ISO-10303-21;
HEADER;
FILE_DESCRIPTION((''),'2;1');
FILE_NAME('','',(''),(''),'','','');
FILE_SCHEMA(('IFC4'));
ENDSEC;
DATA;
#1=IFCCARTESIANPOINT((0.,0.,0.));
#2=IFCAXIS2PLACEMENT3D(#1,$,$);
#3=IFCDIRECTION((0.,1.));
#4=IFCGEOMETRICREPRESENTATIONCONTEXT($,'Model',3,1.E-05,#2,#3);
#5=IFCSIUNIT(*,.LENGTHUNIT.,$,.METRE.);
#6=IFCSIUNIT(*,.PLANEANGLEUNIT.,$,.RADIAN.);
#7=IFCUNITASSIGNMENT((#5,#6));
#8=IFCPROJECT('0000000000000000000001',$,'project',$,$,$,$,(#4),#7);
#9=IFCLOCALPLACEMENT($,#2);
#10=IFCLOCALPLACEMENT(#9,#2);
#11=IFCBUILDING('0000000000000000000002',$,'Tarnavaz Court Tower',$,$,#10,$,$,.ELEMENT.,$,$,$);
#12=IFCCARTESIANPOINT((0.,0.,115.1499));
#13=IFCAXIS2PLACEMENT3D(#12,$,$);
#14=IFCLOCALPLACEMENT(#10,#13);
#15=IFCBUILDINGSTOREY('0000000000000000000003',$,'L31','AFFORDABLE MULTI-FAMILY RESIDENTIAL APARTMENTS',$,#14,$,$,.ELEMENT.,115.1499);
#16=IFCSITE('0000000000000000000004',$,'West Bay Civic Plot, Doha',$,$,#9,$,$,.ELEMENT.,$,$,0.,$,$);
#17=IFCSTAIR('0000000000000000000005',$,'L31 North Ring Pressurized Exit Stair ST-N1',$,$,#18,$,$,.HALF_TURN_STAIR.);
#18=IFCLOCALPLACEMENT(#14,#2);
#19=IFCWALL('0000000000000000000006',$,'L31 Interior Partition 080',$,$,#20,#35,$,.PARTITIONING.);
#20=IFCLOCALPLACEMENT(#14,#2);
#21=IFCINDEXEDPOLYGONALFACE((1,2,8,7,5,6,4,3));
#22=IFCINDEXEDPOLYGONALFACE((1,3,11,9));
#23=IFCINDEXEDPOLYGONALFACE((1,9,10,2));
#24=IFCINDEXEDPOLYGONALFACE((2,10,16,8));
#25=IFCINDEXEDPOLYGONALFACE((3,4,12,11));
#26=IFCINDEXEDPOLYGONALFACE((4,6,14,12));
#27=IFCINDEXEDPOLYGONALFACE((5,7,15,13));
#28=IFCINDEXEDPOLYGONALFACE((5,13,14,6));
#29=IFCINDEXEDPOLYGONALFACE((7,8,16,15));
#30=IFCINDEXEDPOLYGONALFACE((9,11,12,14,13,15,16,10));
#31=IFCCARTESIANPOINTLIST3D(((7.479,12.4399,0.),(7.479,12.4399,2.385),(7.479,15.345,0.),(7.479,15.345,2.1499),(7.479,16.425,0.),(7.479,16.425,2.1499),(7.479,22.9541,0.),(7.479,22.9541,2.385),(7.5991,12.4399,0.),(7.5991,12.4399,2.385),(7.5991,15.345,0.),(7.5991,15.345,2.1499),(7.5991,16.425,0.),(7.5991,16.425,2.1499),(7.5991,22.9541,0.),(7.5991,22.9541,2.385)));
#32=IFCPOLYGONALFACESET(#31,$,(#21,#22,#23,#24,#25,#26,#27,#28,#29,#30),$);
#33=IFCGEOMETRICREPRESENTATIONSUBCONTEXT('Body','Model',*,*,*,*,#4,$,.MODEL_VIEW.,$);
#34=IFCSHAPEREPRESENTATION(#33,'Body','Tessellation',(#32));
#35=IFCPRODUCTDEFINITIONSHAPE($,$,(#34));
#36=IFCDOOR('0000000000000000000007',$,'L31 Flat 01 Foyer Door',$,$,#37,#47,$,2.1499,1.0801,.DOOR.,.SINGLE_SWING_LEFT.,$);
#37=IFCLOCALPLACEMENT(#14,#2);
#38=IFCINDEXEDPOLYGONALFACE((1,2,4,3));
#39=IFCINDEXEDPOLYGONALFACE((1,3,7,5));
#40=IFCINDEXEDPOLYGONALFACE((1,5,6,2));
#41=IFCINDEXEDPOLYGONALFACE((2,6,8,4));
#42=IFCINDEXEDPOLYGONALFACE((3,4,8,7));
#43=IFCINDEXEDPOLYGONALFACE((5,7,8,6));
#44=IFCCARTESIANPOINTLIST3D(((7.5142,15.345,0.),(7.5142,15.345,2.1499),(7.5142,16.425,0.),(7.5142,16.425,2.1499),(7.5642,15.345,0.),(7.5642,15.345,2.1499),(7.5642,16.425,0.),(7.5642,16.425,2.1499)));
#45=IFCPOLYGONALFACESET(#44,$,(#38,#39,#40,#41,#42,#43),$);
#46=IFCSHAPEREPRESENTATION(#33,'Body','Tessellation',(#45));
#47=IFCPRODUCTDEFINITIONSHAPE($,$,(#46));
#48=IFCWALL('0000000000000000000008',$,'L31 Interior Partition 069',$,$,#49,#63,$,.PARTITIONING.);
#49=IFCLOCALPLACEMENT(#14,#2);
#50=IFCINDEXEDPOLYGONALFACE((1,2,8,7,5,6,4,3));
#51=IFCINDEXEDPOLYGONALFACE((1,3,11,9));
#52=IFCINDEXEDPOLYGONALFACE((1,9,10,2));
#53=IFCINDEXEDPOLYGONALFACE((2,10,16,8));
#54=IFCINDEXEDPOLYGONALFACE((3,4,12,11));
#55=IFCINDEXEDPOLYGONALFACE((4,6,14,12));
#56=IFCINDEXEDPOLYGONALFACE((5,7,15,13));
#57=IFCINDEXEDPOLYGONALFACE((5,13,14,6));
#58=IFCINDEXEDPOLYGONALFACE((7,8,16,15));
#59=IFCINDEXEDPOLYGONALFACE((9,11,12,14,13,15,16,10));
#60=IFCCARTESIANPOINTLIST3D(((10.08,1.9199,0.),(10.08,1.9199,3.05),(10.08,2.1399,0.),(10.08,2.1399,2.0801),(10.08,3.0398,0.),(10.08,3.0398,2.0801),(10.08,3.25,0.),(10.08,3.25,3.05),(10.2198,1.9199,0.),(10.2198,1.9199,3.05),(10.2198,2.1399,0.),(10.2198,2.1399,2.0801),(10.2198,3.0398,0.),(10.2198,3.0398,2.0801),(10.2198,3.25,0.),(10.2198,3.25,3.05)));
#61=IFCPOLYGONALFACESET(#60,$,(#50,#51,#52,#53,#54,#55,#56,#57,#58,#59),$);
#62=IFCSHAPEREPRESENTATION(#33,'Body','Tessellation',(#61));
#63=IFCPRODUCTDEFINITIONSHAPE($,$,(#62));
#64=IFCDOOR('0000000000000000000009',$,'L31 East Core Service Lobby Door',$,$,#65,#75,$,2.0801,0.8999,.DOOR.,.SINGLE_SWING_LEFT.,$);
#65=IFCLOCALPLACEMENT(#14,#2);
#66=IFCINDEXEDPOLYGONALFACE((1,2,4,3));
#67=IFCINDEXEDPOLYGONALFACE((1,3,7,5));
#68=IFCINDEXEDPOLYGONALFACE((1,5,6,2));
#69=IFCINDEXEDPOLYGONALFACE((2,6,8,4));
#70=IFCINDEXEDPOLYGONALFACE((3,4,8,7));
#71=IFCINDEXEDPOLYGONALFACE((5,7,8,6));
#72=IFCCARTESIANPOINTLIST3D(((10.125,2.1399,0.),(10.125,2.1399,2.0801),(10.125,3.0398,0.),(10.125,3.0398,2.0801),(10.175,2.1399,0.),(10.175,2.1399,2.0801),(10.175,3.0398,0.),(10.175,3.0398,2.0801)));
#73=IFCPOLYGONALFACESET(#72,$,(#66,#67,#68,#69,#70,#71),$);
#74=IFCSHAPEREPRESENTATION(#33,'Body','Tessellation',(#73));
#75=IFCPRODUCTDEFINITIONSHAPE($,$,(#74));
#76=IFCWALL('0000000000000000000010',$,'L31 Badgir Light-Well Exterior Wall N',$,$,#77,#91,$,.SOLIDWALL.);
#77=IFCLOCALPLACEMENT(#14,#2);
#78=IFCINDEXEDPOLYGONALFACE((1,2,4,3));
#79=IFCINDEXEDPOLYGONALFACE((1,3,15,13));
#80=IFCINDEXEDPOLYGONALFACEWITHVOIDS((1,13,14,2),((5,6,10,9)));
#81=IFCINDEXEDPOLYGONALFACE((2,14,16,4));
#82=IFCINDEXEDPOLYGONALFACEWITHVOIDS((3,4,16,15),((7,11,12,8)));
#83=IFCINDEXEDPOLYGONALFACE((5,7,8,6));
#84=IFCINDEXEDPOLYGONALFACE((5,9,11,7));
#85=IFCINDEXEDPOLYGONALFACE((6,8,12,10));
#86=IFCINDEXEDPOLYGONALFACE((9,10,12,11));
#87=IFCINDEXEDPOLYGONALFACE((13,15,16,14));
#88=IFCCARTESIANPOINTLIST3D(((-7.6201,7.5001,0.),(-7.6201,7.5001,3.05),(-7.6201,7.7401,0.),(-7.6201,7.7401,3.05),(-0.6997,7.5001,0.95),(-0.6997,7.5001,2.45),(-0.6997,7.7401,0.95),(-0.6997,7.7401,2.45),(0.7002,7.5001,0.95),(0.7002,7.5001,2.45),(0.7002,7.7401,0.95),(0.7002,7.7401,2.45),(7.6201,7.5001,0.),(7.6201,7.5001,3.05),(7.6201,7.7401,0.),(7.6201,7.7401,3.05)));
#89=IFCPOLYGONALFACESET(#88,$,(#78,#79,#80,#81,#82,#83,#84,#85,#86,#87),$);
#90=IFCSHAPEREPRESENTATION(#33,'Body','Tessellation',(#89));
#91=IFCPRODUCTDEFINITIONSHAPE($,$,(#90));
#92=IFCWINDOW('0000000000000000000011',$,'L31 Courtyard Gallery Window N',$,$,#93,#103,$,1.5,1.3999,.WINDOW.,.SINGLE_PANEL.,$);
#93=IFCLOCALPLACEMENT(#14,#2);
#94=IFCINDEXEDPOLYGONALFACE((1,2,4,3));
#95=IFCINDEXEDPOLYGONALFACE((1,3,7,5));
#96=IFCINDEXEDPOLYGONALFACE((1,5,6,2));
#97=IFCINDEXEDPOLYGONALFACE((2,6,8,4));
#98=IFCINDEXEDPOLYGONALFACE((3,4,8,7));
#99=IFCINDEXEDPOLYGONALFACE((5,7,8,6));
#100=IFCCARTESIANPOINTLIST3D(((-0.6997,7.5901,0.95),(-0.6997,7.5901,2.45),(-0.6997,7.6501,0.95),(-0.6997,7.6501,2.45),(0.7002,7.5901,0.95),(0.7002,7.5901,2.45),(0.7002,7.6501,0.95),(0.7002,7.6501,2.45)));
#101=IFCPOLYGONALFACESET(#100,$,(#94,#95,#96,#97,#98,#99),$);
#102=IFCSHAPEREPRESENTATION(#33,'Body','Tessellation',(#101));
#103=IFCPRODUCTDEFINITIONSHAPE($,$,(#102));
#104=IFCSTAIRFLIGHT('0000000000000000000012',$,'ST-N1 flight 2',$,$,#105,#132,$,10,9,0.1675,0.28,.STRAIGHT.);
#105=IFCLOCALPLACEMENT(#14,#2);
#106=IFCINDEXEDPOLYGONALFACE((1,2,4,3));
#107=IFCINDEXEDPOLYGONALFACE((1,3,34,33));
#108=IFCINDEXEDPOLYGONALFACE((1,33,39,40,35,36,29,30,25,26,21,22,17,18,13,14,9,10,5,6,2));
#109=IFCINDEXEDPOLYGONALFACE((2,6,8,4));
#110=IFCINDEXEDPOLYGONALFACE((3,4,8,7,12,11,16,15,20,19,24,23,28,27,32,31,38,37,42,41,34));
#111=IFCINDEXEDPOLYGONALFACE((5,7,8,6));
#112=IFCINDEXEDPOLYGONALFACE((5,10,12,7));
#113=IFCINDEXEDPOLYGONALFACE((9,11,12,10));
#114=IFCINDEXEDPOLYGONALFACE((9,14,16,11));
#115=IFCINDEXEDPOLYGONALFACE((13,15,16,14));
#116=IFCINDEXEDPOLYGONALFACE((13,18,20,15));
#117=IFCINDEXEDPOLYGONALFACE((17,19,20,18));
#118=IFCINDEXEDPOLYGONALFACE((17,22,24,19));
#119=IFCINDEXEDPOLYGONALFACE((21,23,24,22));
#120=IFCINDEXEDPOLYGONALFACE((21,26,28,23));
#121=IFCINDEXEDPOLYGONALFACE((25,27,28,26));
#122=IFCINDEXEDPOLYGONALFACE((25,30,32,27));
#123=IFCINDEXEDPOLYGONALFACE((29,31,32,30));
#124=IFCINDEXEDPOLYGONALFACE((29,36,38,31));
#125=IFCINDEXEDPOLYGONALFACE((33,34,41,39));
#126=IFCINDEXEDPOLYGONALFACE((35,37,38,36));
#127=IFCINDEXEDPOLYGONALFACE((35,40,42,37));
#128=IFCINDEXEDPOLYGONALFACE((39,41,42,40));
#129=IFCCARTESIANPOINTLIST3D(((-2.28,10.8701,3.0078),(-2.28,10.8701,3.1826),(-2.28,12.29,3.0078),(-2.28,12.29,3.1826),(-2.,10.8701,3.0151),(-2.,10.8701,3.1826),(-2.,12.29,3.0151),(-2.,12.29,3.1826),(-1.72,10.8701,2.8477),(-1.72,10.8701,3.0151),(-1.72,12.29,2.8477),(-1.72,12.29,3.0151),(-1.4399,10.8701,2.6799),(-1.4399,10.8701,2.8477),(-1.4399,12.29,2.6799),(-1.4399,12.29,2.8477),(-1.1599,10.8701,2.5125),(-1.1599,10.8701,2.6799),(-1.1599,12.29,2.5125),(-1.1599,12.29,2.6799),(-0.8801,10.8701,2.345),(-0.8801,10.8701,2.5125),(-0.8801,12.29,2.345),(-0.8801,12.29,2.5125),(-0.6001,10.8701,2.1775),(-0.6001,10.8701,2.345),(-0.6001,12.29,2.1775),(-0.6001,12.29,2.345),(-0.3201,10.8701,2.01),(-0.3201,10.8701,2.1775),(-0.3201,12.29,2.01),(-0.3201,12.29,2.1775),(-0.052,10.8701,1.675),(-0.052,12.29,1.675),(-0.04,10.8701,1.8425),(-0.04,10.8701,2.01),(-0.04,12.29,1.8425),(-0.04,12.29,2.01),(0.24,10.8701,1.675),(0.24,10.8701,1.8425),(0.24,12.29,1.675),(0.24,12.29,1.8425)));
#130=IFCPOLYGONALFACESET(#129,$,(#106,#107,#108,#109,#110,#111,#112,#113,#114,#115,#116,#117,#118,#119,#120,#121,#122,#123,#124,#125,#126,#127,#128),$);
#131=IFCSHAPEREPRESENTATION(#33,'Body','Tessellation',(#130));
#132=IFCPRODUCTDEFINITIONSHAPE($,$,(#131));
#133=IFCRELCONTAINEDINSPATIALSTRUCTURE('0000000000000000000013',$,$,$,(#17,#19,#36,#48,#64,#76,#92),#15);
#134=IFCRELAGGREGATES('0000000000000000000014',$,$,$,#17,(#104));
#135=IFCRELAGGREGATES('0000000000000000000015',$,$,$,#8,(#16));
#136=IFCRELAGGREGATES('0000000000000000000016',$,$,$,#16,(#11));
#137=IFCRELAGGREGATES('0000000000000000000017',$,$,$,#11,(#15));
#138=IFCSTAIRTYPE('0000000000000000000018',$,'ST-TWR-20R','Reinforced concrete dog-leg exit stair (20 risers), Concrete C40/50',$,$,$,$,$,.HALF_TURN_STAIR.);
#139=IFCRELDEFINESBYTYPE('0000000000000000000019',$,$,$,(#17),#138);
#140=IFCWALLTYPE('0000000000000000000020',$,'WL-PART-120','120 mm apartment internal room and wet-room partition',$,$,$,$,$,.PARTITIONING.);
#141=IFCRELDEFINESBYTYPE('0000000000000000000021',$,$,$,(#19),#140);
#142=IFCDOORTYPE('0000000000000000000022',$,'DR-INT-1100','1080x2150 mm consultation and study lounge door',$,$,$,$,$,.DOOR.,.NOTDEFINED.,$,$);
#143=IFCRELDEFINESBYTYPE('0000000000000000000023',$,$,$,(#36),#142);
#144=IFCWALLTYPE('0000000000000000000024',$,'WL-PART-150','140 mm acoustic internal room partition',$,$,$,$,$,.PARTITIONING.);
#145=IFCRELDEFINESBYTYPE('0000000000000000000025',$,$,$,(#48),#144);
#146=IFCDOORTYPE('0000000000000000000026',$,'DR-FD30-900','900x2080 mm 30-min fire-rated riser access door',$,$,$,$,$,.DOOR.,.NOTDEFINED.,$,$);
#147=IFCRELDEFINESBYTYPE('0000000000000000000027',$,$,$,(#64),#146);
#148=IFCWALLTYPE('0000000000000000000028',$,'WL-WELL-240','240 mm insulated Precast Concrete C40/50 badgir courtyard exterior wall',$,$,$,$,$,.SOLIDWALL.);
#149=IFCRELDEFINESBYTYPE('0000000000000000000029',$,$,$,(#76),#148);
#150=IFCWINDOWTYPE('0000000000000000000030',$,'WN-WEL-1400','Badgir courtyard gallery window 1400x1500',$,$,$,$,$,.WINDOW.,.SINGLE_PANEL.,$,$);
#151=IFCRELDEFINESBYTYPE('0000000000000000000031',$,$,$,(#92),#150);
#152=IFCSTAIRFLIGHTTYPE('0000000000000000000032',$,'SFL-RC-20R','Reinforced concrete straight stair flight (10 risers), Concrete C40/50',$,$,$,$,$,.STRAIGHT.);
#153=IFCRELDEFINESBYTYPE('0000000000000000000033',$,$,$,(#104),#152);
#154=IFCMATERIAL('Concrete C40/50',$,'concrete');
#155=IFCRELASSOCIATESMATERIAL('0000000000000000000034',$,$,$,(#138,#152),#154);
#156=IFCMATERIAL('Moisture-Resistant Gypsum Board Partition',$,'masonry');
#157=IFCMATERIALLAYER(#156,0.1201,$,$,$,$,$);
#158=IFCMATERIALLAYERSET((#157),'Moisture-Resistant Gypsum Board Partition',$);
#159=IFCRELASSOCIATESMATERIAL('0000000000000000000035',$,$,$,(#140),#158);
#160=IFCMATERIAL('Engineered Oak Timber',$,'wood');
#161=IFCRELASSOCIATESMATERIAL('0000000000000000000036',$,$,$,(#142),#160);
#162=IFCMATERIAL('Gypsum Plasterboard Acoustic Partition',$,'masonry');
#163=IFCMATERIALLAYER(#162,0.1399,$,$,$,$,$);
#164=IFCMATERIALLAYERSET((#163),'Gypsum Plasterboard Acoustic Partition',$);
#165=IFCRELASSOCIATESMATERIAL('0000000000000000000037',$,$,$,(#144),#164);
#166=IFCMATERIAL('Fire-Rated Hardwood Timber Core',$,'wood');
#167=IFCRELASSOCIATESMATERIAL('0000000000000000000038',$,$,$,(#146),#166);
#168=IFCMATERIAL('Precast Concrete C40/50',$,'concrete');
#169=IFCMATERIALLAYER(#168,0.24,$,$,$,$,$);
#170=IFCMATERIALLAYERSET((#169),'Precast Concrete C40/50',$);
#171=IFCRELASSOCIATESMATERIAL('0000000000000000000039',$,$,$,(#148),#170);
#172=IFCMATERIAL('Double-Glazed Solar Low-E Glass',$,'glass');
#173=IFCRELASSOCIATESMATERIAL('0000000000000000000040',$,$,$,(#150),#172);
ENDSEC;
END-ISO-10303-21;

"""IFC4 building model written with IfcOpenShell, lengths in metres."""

from ifc_helpers import new_model, si_unit, direction, frame, frame_2d, origin, place, context, subcontext, project, spatial, polyline, rectangle, outline, extrude, material, layer, layer_set, type_object, element, fill, aggregate, save


model = new_model("IFC4")

# Units and contexts
model_context = context("Model", 3, precision=1e-05, world=origin(), true_north=direction((0.0, 1.0)))
body_context = subcontext(model_context, "Body", "Model", "MODEL_VIEW")
ifc_project = project(units=[si_unit("LENGTHUNIT", "METRE"), si_unit("PLANEANGLEUNIT", "RADIAN")], contexts=[model_context])

# Site, building, storey
site_placement = place(None, origin())
site = spatial("IfcSite", under=ifc_project, at=site_placement, Name="West Bay Civic Plot, Doha", CompositionType="ELEMENT", RefElevation=0.0)
building_placement = place(site_placement, origin())
building = spatial("IfcBuilding", under=site, at=building_placement, Name="Tarnavaz Court Tower", CompositionType="ELEMENT")
storey_placement = place(building_placement, frame((0.0, 0.0, 115.1499)))
storey = spatial("IfcBuildingStorey", under=building, at=storey_placement, Name="L31", Description="AFFORDABLE MULTI-FAMILY RESIDENTIAL APARTMENTS", CompositionType="ELEMENT", Elevation=115.1499)

# Stair
ifc_material_1 = material(Name="Concrete C40/50", Category="concrete")
stair_type = type_object("IfcStairType", Name="ST-TWR-20R", Description="Reinforced concrete dog-leg exit stair (20 risers), Concrete C40/50", PredefinedType="HALF_TURN_STAIR", material=ifc_material_1)
stair_1_placement = place(storey_placement, origin())
stair_1 = element("IfcStair", 1, at=stair_1_placement, inside=storey, type_object=stair_type, Name="L31 North Ring Pressurized Exit Stair ST-N1", PredefinedType="HALF_TURN_STAIR")

# Shared definitions
ifc_material_2 = material(Name="Fire-Rated Hardwood Timber Core", Category="wood")

# Walls, openings, doors
ifc_material_3 = material(Name="Moisture-Resistant Gypsum Board Partition", Category="masonry")
ifc_layer_1 = layer(ifc_material_3, 0.1201)
ifc_layer_set_1 = layer_set([ifc_layer_1], Name="Moisture-Resistant Gypsum Board Partition")
wall_type_1 = type_object("IfcWallType", Name="WL-PART-120", Description="120 mm apartment internal room and wet-room partition", PredefinedType="PARTITIONING", material=ifc_layer_set_1)
wall_1_placement = place(storey_placement, frame((7.5391, 12.4399, 0.0), z_axis=(0.0, 0.0, 1.0), x_axis=(0.0, 1.0, 0.0)))
wall_1 = element("IfcWall", 2, at=wall_1_placement, inside=storey, type_object=wall_type_1, Name="L31 Interior Partition 080", PredefinedType="PARTITIONING", context=body_context, shape_type="SweptSolid", body=[
    extrude(rectangle(XDim=10.5142, YDim=0.1201, at=frame_2d((5.2571, 0.0))), origin(), (0.0, 0.0, 1.0), 2.385),
])
opening_1_placement = place(wall_1_placement, frame((2.905, 0.0, 0.0)))
opening_1 = element("IfcOpeningElement", 3, at=opening_1_placement, cuts=wall_1, PredefinedType="OPENING", context=body_context, shape_type="SweptSolid", body=[
    extrude(rectangle(XDim=1.0801, YDim=2.1499, at=frame_2d((0.54, 1.075))), frame((0.0, 0.0701, 0.0), z_axis=(0.0, -1.0, 0.0), x_axis=(1.0, 0.0, 0.0)), (0.0, 0.0, 1.0), 0.1401),
])
ifc_material_4 = material(Name="Engineered Oak Timber", Category="wood")
door_type_1 = type_object("IfcDoorType", Name="DR-INT-1100", Description="1080x2150 mm consultation and study lounge door", OperationType="NOTDEFINED", PredefinedType="DOOR", material=ifc_material_4)
door_1_placement = place(opening_1_placement, origin())
door_1 = element("IfcDoor", 4, at=door_1_placement, inside=storey, type_object=door_type_1, Name="L31 Flat 01 Foyer Door", OperationType="SINGLE_SWING_LEFT", OverallHeight=2.1499, OverallWidth=1.0801, PredefinedType="DOOR", context=body_context, shape_type="SweptSolid", body=[
    extrude(rectangle(XDim=1.0801, YDim=2.1499, at=frame_2d((0.54, 1.075))), frame((0.0, 0.0249, 0.0), z_axis=(0.0, -1.0, 0.0), x_axis=(1.0, 0.0, 0.0)), (0.0, 0.0, 1.0), 0.05),
])
fill(opening_1, door_1)
ifc_material_5 = material(Name="Gypsum Plasterboard Acoustic Partition", Category="masonry")
ifc_layer_2 = layer(ifc_material_5, 0.1399)
ifc_layer_set_2 = layer_set([ifc_layer_2], Name="Gypsum Plasterboard Acoustic Partition")
wall_type_2 = type_object("IfcWallType", Name="WL-PART-150", Description="140 mm acoustic internal room partition", PredefinedType="PARTITIONING", material=ifc_layer_set_2)
wall_2_placement = place(storey_placement, frame((10.1499, 1.9199, 0.0), z_axis=(0.0, 0.0, 1.0), x_axis=(0.0, 1.0, 0.0)))
wall_2 = element("IfcWall", 5, at=wall_2_placement, inside=storey, type_object=wall_type_2, Name="L31 Interior Partition 069", PredefinedType="PARTITIONING", context=body_context, shape_type="SweptSolid", body=[
    extrude(rectangle(XDim=1.3301, YDim=0.1399, at=frame_2d((0.665, 0.0))), origin(), (0.0, 0.0, 1.0), 3.05),
])
opening_2_placement = place(wall_2_placement, frame((0.22, 0.0, 0.0)))
opening_2 = element("IfcOpeningElement", 6, at=opening_2_placement, cuts=wall_2, PredefinedType="OPENING", context=body_context, shape_type="SweptSolid", body=[
    extrude(rectangle(XDim=0.8999, YDim=2.0801, at=frame_2d((0.45, 1.04))), frame((0.0, 0.0798, 0.0), z_axis=(0.0, -1.0, 0.0), x_axis=(1.0, 0.0, 0.0)), (0.0, 0.0, 1.0), 0.1599),
])
door_type_2 = type_object("IfcDoorType", Name="DR-FD30-900", Description="900x2080 mm 30-min fire-rated riser access door", OperationType="NOTDEFINED", PredefinedType="DOOR", material=ifc_material_2)
door_2_placement = place(opening_2_placement, origin())
door_2 = element("IfcDoor", 7, at=door_2_placement, inside=storey, type_object=door_type_2, Name="L31 East Core Service Lobby Door", OperationType="SINGLE_SWING_LEFT", OverallHeight=2.0801, OverallWidth=0.8999, PredefinedType="DOOR", context=body_context, shape_type="SweptSolid", body=[
    extrude(rectangle(XDim=0.8999, YDim=2.0801, at=frame_2d((0.45, 1.04))), frame((0.0, 0.0249, 0.0), z_axis=(0.0, -1.0, 0.0), x_axis=(1.0, 0.0, 0.0)), (0.0, 0.0, 1.0), 0.05),
])
fill(opening_2, door_2)

# Wall, opening, window
ifc_material_6 = material(Name="Precast Concrete C40/50", Category="concrete")
ifc_layer_3 = layer(ifc_material_6, 0.24)
ifc_layer_set_3 = layer_set([ifc_layer_3], Name="Precast Concrete C40/50")
wall_type_3 = type_object("IfcWallType", Name="WL-WELL-240", Description="240 mm insulated Precast Concrete C40/50 badgir courtyard exterior wall", PredefinedType="SOLIDWALL", material=ifc_layer_set_3)
wall_3_placement = place(storey_placement, frame((7.6201, 7.6201, 0.0), z_axis=(0.0, 0.0, 1.0), x_axis=(-1.0, 0.0, 0.0)))
wall_3 = element("IfcWall", 8, at=wall_3_placement, inside=storey, type_object=wall_type_3, Name="L31 Badgir Light-Well Exterior Wall N", PredefinedType="SOLIDWALL", context=body_context, shape_type="SweptSolid", body=[
    extrude(rectangle(XDim=15.2402, YDim=0.24, at=frame_2d((7.6201, 0.0))), origin(), (0.0, 0.0, 1.0), 3.05),
])
opening_3_placement = place(wall_3_placement, frame((6.9199, 0.0, 0.95)))
opening_3 = element("IfcOpeningElement", 9, at=opening_3_placement, cuts=wall_3, PredefinedType="OPENING", context=body_context, shape_type="SweptSolid", body=[
    extrude(rectangle(XDim=1.3999, YDim=1.5, at=frame_2d((0.7, 0.75))), frame((0.0, 0.1299, 0.0), z_axis=(0.0, -1.0, 0.0), x_axis=(1.0, 0.0, 0.0)), (0.0, 0.0, 1.0), 0.26),
])
ifc_material_7 = material(Name="Double-Glazed Solar Low-E Glass", Category="glass")
window_type = type_object("IfcWindowType", Name="WN-WEL-1400", Description="Badgir courtyard gallery window 1400x1500", PartitioningType="SINGLE_PANEL", PredefinedType="WINDOW", material=ifc_material_7)
window_placement = place(opening_3_placement, origin())
window = element("IfcWindow", 10, at=window_placement, inside=storey, type_object=window_type, Name="L31 Courtyard Gallery Window N", OverallHeight=1.5, OverallWidth=1.3999, PartitioningType="SINGLE_PANEL", PredefinedType="WINDOW", context=body_context, shape_type="SweptSolid", body=[
    extrude(rectangle(XDim=1.3999, YDim=1.5, at=frame_2d((0.7, 0.75))), frame((0.0, 0.03, 0.0), z_axis=(0.0, -1.0, 0.0), x_axis=(1.0, 0.0, 0.0)), (0.0, 0.0, 1.0), 0.0601),
])
fill(opening_3, window)

# Stair flight
stair_flight_type = type_object("IfcStairFlightType", Name="SFL-RC-20R", Description="Reinforced concrete straight stair flight (10 risers), Concrete C40/50", PredefinedType="STRAIGHT", material=ifc_material_1)
stair_flight_placement = place(storey_placement, frame((0.24, 11.5801, 1.675), z_axis=(0.0, 0.0, 1.0), x_axis=(-1.0, 0.0, 0.0)))
stair_flight = element("IfcStairFlight", 11, at=stair_flight_placement, type_object=stair_flight_type, Name="ST-N1 flight 2", NumberOfRisers=10, NumberOfTreads=9, PredefinedType="STRAIGHT", RiserHeight=0.1675, TreadLength=0.28, context=body_context, shape_type="SweptSolid", body=[
    extrude(outline(polyline([(0.0, 0.0), (0.0, 0.1675), (0.28, 0.1675), (0.28, 0.335), (0.5601, 0.335), (0.5601, 0.5024), (0.8401, 0.5024), (0.8401, 0.6699), (1.1201, 0.6699), (1.1201, 0.8374), (1.3999, 0.8374), (1.3999, 1.0049), (1.6799, 1.0049), (1.6799, 1.1726), (1.96, 1.1726), (1.96, 1.3401), (2.24, 1.3401), (2.24, 1.5076), (2.52, 1.5076), (2.52, 1.675), (2.52, 1.3328), (0.292, 0.0), (0.0, 0.0)])), frame((0.0, 0.71, 0.0), z_axis=(0.0, -1.0, 0.0), x_axis=(1.0, 0.0, 0.0)), (0.0, 0.0, 1.0), 1.4199),
])
aggregate(stair_1, [stair_flight])

save(model, "model.ifc")
